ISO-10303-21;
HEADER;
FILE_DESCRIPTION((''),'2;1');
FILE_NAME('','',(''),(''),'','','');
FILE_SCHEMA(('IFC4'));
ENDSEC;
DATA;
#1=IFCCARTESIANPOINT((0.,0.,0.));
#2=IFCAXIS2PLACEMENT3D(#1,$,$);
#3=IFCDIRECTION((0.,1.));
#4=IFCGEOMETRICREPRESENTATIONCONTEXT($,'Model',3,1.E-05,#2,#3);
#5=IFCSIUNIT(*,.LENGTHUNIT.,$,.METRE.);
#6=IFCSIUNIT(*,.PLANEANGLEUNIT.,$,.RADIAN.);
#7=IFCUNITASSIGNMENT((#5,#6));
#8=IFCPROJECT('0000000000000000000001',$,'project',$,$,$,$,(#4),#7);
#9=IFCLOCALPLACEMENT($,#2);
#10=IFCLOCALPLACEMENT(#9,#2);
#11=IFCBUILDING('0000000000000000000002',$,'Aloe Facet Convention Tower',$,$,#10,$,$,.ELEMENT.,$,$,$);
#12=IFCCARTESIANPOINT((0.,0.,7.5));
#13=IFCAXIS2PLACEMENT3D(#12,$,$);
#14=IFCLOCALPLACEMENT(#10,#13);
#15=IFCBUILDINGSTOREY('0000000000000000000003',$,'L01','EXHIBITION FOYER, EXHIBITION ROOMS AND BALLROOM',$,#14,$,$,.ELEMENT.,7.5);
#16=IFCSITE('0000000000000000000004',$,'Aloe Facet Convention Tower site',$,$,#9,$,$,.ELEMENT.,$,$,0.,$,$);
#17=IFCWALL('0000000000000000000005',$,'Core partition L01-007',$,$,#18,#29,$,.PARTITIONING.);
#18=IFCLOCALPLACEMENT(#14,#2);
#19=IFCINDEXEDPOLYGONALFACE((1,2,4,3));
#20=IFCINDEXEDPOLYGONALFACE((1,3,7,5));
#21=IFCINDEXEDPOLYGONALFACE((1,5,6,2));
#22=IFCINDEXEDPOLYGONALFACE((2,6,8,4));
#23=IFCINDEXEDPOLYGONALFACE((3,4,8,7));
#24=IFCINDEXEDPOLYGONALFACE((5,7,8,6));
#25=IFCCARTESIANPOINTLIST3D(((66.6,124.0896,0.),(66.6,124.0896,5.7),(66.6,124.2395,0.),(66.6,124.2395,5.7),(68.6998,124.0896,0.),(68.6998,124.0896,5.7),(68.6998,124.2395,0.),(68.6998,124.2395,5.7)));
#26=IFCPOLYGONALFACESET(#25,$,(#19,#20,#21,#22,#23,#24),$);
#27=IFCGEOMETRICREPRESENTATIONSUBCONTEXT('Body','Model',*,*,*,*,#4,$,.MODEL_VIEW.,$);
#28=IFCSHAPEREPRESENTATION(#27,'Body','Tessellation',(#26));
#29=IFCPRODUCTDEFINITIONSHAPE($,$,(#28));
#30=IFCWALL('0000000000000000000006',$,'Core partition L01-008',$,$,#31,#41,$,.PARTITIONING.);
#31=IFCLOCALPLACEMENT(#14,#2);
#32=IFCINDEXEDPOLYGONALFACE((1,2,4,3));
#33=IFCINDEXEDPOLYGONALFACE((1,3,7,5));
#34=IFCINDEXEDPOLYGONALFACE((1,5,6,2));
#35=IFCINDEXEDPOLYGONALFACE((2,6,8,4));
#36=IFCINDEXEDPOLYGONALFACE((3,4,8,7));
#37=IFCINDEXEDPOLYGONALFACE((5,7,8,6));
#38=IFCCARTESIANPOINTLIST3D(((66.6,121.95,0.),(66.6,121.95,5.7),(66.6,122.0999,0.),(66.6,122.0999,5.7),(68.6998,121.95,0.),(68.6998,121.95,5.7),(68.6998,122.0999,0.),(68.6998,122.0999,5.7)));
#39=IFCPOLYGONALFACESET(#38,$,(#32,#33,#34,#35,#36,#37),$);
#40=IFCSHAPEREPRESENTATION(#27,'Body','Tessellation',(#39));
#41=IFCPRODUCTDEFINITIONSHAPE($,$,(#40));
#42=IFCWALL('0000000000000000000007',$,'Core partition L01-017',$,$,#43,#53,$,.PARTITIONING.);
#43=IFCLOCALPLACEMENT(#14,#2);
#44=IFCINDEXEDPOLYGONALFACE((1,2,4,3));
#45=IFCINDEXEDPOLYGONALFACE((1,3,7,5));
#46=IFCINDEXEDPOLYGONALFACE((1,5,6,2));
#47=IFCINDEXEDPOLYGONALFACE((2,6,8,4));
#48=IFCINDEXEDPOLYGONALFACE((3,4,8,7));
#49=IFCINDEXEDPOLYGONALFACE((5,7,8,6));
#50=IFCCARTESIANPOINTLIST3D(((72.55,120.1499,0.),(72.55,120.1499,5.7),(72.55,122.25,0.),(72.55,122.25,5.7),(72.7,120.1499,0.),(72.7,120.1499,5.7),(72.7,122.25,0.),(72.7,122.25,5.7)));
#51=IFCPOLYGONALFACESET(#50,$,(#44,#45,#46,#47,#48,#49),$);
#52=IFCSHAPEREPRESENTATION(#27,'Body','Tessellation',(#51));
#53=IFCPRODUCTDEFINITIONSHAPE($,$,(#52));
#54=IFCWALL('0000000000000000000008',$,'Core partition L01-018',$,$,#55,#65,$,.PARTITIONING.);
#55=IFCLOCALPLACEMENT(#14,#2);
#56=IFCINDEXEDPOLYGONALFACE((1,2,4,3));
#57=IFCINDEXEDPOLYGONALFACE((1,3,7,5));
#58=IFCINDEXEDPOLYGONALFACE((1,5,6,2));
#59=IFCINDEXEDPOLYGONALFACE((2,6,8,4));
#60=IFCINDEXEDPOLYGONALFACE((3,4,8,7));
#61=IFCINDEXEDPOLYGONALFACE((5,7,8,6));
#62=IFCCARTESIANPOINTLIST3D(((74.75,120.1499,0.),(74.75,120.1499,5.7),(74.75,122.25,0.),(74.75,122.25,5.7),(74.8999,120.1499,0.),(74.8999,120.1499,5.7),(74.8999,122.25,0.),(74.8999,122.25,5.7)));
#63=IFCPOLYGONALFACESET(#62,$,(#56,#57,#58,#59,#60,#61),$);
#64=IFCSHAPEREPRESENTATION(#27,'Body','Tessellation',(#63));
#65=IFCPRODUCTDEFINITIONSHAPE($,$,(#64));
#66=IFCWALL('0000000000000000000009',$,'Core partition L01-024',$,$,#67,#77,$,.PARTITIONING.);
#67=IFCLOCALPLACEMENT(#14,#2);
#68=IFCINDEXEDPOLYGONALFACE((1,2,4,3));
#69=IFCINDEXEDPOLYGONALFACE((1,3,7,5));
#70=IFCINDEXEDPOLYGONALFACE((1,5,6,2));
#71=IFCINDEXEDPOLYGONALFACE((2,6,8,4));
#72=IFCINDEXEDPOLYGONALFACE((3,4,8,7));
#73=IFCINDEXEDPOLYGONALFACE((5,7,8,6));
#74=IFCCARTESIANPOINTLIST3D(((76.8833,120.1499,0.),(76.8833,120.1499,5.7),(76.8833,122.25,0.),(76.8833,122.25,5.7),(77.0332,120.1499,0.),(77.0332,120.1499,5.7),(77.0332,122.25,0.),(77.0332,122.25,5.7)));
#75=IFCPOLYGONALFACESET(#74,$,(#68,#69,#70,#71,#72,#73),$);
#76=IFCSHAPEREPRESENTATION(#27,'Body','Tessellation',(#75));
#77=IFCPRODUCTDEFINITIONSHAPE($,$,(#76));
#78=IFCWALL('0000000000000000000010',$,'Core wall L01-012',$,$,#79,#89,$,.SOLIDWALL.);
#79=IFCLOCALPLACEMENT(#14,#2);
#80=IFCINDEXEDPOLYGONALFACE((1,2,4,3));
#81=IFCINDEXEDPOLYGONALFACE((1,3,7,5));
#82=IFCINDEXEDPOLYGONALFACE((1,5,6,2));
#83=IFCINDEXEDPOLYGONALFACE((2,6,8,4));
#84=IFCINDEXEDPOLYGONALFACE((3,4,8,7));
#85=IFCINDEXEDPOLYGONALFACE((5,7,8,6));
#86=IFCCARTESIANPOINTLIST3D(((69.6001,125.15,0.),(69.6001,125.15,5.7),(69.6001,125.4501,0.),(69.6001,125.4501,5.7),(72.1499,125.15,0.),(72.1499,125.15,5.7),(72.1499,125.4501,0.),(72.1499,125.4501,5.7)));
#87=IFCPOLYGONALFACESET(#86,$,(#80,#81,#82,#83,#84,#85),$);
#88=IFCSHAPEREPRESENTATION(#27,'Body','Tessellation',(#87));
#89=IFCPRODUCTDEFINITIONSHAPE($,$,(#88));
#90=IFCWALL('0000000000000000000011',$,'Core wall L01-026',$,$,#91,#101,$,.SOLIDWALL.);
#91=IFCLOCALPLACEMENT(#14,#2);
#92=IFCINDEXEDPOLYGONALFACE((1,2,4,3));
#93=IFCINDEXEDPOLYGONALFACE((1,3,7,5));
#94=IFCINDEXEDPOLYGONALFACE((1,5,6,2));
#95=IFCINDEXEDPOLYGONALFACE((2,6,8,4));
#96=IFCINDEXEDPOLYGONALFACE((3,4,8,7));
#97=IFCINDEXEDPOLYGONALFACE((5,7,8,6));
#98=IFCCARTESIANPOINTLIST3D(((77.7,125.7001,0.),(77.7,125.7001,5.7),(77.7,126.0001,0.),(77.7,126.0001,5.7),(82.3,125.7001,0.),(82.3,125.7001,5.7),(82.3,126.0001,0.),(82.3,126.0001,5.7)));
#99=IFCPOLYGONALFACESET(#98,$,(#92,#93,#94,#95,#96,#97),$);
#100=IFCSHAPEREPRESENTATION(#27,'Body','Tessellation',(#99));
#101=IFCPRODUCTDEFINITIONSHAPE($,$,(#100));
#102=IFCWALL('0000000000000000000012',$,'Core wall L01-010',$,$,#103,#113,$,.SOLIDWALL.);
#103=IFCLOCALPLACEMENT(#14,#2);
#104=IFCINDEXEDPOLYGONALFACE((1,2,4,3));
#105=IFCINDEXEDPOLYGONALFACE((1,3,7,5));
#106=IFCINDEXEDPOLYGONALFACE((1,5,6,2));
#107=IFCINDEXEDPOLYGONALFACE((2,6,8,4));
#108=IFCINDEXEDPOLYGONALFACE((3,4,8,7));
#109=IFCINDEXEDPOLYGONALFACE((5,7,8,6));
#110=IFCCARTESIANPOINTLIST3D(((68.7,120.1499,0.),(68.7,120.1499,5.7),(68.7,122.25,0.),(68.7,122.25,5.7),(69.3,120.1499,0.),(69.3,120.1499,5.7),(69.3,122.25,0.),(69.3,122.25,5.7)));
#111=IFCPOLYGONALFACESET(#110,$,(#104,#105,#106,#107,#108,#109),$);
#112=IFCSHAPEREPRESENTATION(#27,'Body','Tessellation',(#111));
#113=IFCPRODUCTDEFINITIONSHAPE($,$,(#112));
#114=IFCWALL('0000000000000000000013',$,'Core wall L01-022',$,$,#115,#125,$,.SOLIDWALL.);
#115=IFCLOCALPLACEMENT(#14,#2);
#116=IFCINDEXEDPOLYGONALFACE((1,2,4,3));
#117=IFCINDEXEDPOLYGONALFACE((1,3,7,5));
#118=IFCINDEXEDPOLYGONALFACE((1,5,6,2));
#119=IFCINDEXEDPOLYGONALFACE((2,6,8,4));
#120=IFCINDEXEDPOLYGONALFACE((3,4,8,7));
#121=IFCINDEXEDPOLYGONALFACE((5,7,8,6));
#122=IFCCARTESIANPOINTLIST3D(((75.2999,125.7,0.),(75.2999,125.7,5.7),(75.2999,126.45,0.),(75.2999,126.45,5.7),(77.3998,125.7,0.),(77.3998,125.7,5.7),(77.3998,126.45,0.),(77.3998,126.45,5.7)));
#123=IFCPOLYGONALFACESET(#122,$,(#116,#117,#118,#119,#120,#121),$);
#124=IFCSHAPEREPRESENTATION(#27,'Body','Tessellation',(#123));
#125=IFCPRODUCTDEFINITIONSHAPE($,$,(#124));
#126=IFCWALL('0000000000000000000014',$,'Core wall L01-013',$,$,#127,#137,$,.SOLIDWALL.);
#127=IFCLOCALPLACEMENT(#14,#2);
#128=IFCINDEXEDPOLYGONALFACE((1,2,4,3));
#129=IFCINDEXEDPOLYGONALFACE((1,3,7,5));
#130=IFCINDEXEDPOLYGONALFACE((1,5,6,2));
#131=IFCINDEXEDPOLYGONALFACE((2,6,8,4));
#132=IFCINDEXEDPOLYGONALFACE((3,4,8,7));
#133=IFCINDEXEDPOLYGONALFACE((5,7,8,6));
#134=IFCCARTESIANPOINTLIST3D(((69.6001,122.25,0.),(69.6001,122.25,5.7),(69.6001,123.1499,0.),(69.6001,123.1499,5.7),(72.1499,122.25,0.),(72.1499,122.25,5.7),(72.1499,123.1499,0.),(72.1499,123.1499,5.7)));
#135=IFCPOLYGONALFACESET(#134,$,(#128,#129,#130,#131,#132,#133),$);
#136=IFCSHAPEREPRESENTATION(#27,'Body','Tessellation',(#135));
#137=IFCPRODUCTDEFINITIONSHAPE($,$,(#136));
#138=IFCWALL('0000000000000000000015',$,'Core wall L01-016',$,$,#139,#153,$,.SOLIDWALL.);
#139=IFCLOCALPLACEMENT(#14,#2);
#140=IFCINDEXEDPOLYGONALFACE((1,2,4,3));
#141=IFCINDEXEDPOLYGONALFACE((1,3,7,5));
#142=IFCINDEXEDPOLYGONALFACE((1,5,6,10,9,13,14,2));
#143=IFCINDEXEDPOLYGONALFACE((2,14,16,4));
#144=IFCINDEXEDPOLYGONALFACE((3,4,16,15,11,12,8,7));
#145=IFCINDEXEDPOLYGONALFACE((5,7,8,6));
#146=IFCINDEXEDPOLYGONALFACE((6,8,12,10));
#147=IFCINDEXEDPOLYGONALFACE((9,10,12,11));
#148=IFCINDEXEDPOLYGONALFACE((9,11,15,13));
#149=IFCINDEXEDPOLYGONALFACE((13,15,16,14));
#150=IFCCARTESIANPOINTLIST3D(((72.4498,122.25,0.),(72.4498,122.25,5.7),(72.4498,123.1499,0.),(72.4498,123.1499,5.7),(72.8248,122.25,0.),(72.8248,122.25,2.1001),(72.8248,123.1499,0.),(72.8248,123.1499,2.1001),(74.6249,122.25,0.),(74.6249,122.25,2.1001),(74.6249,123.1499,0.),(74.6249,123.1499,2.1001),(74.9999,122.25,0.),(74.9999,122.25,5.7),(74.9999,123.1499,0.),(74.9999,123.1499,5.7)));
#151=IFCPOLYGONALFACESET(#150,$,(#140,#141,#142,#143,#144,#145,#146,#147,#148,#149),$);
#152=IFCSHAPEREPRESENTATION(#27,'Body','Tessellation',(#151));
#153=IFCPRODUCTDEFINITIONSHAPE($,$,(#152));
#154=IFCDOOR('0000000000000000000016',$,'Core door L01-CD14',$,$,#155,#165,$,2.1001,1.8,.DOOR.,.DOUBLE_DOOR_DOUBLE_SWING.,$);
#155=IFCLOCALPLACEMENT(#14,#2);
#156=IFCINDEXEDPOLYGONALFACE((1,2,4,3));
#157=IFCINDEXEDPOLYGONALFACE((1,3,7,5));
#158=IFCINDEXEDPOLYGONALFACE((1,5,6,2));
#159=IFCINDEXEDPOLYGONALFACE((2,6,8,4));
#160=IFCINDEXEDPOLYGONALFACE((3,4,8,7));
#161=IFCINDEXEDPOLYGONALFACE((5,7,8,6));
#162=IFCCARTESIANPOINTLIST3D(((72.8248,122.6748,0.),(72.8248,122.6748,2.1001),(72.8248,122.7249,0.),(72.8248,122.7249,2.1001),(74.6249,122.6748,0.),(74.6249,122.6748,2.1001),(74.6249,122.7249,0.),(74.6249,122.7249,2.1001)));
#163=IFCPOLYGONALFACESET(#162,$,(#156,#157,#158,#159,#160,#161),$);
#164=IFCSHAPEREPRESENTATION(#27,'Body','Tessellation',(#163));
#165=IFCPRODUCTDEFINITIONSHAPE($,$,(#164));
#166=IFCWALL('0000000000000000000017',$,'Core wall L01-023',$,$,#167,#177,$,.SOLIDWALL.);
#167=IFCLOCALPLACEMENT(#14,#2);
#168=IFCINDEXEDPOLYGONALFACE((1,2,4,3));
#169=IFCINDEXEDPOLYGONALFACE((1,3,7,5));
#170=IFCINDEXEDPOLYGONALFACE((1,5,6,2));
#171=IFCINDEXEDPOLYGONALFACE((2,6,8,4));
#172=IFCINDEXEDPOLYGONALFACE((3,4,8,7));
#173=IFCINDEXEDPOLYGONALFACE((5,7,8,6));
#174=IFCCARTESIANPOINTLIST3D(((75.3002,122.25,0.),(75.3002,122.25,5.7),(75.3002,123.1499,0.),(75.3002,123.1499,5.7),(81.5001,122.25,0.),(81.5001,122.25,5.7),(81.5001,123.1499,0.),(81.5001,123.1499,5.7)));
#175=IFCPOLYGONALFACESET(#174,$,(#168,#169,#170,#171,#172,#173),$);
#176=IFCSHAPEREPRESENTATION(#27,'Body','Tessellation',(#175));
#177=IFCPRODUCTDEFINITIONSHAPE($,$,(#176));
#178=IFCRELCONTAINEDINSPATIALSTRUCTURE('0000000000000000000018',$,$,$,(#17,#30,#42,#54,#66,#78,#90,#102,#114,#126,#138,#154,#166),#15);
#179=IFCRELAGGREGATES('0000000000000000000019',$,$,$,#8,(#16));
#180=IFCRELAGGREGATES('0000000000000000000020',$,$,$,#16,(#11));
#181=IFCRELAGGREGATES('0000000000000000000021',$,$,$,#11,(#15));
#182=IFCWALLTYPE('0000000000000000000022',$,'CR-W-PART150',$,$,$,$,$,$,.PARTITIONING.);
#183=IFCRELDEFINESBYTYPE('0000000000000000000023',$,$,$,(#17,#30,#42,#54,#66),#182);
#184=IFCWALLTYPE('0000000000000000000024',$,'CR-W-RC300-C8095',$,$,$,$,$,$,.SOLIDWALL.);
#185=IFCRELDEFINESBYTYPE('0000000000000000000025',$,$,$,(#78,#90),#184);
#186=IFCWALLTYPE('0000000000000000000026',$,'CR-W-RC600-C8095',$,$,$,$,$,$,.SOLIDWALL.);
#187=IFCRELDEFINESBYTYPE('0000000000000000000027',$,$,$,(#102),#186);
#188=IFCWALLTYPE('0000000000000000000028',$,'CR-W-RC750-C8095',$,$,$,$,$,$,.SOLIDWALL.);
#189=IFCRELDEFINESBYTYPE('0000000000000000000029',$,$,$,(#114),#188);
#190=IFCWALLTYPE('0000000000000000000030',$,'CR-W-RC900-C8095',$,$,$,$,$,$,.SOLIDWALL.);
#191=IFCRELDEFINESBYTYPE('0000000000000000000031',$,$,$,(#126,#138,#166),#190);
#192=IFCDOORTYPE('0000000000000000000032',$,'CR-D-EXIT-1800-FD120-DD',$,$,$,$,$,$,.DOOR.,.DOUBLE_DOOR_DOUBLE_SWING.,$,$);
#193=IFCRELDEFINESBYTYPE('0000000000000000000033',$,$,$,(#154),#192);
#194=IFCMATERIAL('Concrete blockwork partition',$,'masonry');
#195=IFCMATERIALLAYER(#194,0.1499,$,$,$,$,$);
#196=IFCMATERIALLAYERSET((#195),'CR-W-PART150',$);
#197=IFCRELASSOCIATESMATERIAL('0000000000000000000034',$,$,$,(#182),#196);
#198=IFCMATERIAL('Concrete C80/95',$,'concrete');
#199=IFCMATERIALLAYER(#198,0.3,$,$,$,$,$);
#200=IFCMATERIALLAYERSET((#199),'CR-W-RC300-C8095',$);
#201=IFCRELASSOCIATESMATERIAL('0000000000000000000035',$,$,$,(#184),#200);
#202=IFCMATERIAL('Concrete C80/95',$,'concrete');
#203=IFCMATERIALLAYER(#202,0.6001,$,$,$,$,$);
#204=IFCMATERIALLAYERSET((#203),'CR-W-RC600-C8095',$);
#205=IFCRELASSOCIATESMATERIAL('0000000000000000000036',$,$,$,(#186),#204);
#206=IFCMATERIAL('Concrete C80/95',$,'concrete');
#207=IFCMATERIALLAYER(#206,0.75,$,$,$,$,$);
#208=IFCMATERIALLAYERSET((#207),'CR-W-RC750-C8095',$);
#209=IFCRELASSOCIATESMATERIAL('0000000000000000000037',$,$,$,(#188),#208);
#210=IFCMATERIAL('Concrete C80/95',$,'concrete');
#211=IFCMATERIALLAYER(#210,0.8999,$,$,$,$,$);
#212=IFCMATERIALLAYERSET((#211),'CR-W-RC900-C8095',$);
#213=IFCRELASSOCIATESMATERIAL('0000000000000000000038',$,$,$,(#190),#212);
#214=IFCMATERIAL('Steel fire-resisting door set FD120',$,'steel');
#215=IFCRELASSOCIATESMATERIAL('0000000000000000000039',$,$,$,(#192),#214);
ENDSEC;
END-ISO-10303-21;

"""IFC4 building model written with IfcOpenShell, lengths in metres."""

from ifc_helpers import new_model, si_unit, direction, frame, frame_2d, origin, place, context, subcontext, project, spatial, rectangle, extrude, material, layer, layer_set, type_object, element, fill, save


model = new_model("IFC4")

# Units and contexts
model_context = context("Model", 3, precision=1e-05, world=origin(), true_north=direction((0.0, 1.0)))
body_context = subcontext(model_context, "Body", "Model", "MODEL_VIEW")
ifc_project = project(units=[si_unit("LENGTHUNIT", "METRE"), si_unit("PLANEANGLEUNIT", "RADIAN")], contexts=[model_context])

# Site, building, storey
site_placement = place(None, origin())
site = spatial("IfcSite", under=ifc_project, at=site_placement, Name="Aloe Facet Convention Tower site", CompositionType="ELEMENT", RefElevation=0.0)
building_placement = place(site_placement, origin())
building = spatial("IfcBuilding", under=site, at=building_placement, Name="Aloe Facet Convention Tower", CompositionType="ELEMENT")
storey_placement = place(building_placement, frame((0.0, 0.0, 7.5)))
storey = spatial("IfcBuildingStorey", under=building, at=storey_placement, Name="L01", Description="EXHIBITION FOYER, EXHIBITION ROOMS AND BALLROOM", CompositionType="ELEMENT", Elevation=7.5)

# Walls
ifc_material_1 = material(Name="Concrete blockwork partition", Category="masonry")
ifc_layer_1 = layer(ifc_material_1, 0.1499)
ifc_layer_set_1 = layer_set([ifc_layer_1], Name="CR-W-PART150")
wall_type_1 = type_object("IfcWallType", Name="CR-W-PART150", PredefinedType="PARTITIONING", material=ifc_layer_set_1)
for number, where, z_axis, x_axis, name in (
    (1, (66.6001, 124.1646, 0.0), (0.0, 0.0, 1.0), (1.0, 0.0, 0.0), "Core partition L01-007"),
    (2, (66.6001, 122.0249, 0.0), (0.0, 0.0, 1.0), (1.0, 0.0, 0.0), "Core partition L01-008"),
):
    element("IfcWall", number, at=place(storey_placement, frame(where, z_axis=z_axis, x_axis=x_axis)), inside=storey, type_object=wall_type_1, Name=name, PredefinedType="PARTITIONING", context=body_context, shape_type="SweptSolid", body=[
        extrude(rectangle(XDim=2.0999, YDim=0.1499, at=frame_2d((1.0498, 0.0))), origin(), (0.0, 0.0, 1.0), 5.7),
    ])
for number, where, z_axis, x_axis, name in (
    (3, (72.625, 122.25, 0.0), (0.0, 0.0, 1.0), (0.0, -1.0, 0.0), "Core partition L01-017"),
    (4, (74.825, 122.25, 0.0), (0.0, 0.0, 1.0), (0.0, -1.0, 0.0), "Core partition L01-018"),
    (5, (76.9583, 122.25, 0.0), (0.0, 0.0, 1.0), (0.0, -1.0, 0.0), "Core partition L01-024"),
):
    element("IfcWall", number, at=place(storey_placement, frame(where, z_axis=z_axis, x_axis=x_axis)), inside=storey, type_object=wall_type_1, Name=name, PredefinedType="PARTITIONING", context=body_context, shape_type="SweptSolid", body=[
        extrude(rectangle(XDim=2.1001, YDim=0.1499, at=frame_2d((1.05, 0.0))), origin(), (0.0, 0.0, 1.0), 5.7),
    ])
ifc_material_2 = material(Name="Concrete C80/95", Category="concrete")
ifc_layer_2 = layer(ifc_material_2, 0.3)
ifc_layer_set_2 = layer_set([ifc_layer_2], Name="CR-W-RC300-C8095")
wall_type_2 = type_object("IfcWallType", Name="CR-W-RC300-C8095", PredefinedType="SOLIDWALL", material=ifc_layer_set_2)
wall_1_placement = place(storey_placement, frame((69.6001, 125.3, 0.0), z_axis=(0.0, 0.0, 1.0), x_axis=(1.0, 0.0, 0.0)))
element("IfcWall", 6, at=wall_1_placement, inside=storey, type_object=wall_type_2, Name="Core wall L01-012", PredefinedType="SOLIDWALL", context=body_context, shape_type="SweptSolid", body=[
    extrude(rectangle(XDim=2.5498, YDim=0.3, at=frame_2d((1.2749, 0.0))), origin(), (0.0, 0.0, 1.0), 5.7),
])
wall_2_placement = place(storey_placement, frame((77.7, 125.8501, 0.0), z_axis=(0.0, 0.0, 1.0), x_axis=(1.0, 0.0, 0.0)))
element("IfcWall", 7, at=wall_2_placement, inside=storey, type_object=wall_type_2, Name="Core wall L01-026", PredefinedType="SOLIDWALL", context=body_context, shape_type="SweptSolid", body=[
    extrude(rectangle(XDim=4.6001, YDim=0.3, at=frame_2d((2.3, 0.0))), origin(), (0.0, 0.0, 1.0), 5.7),
])

# Shared definitions
ifc_material_3 = material(Name="Concrete C80/95", Category="concrete")
ifc_layer_3 = layer(ifc_material_3, 0.6001)
ifc_layer_set_3 = layer_set([ifc_layer_3], Name="CR-W-RC600-C8095")
wall_type_3 = type_object("IfcWallType", Name="CR-W-RC600-C8095", PredefinedType="SOLIDWALL", material=ifc_layer_set_3)

# Walls
wall_3_placement = place(storey_placement, frame((69.0, 122.25, 0.0), z_axis=(0.0, 0.0, 1.0), x_axis=(0.0, -1.0, 0.0)))
element("IfcWall", 8, at=wall_3_placement, inside=storey, type_object=wall_type_3, Name="Core wall L01-010", PredefinedType="SOLIDWALL", context=body_context, shape_type="SweptSolid", body=[
    extrude(rectangle(XDim=2.1001, YDim=0.6001, at=frame_2d((1.05, 0.0))), origin(), (0.0, 0.0, 1.0), 5.7),
])
ifc_material_4 = material(Name="Concrete C80/95", Category="concrete")
ifc_layer_4 = layer(ifc_material_4, 0.75)
ifc_layer_set_4 = layer_set([ifc_layer_4], Name="CR-W-RC750-C8095")
wall_type_4 = type_object("IfcWallType", Name="CR-W-RC750-C8095", PredefinedType="SOLIDWALL", material=ifc_layer_set_4)
wall_4_placement = place(storey_placement, frame((75.3, 126.075, 0.0), z_axis=(0.0, 0.0, 1.0), x_axis=(1.0, 0.0, 0.0)))
element("IfcWall", 9, at=wall_4_placement, inside=storey, type_object=wall_type_4, Name="Core wall L01-022", PredefinedType="SOLIDWALL", context=body_context, shape_type="SweptSolid", body=[
    extrude(rectangle(XDim=2.0999, YDim=0.75, at=frame_2d((1.0498, 0.0))), origin(), (0.0, 0.0, 1.0), 5.7),
])
ifc_material_5 = material(Name="Concrete C80/95", Category="concrete")
ifc_layer_5 = layer(ifc_material_5, 0.8999)
ifc_layer_set_5 = layer_set([ifc_layer_5], Name="CR-W-RC900-C8095")
wall_type_5 = type_object("IfcWallType", Name="CR-W-RC900-C8095", PredefinedType="SOLIDWALL", material=ifc_layer_set_5)
wall_5_placement = place(storey_placement, frame((69.6001, 122.7, 0.0), z_axis=(0.0, 0.0, 1.0), x_axis=(1.0, 0.0, 0.0)))
element("IfcWall", 10, at=wall_5_placement, inside=storey, type_object=wall_type_5, Name="Core wall L01-013", PredefinedType="SOLIDWALL", context=body_context, shape_type="SweptSolid", body=[
    extrude(rectangle(XDim=2.5498, YDim=0.8999, at=frame_2d((1.2749, 0.0))), origin(), (0.0, 0.0, 1.0), 5.7),
])

# Wall, opening, door
wall_6_placement = place(storey_placement, frame((72.45, 122.7, 0.0), z_axis=(0.0, 0.0, 1.0), x_axis=(1.0, 0.0, 0.0)))
wall_6 = element("IfcWall", 11, at=wall_6_placement, inside=storey, type_object=wall_type_5, Name="Core wall L01-016", PredefinedType="SOLIDWALL", context=body_context, shape_type="SweptSolid", body=[
    extrude(rectangle(XDim=2.55, YDim=0.8999, at=frame_2d((1.2749, 0.0))), origin(), (0.0, 0.0, 1.0), 5.7),
])
opening_1_placement = place(wall_6_placement, frame((0.375, 0.0, 0.0)))
opening_1 = element("IfcOpeningElement", 12, at=opening_1_placement, cuts=wall_6, PredefinedType="OPENING", context=body_context, shape_type="SweptSolid", body=[
    extrude(rectangle(XDim=1.8, YDim=2.1001, at=frame_2d((0.8999, 1.05))), frame((0.0, 0.46, 0.0), z_axis=(0.0, -1.0, 0.0), x_axis=(1.0, 0.0, 0.0)), (0.0, 0.0, 1.0), 0.9199),
])
ifc_material_6 = material(Name="Steel fire-resisting door set FD120", Category="steel")
door_type_1 = type_object("IfcDoorType", Name="CR-D-EXIT-1800-FD120-DD", OperationType="DOUBLE_DOOR_DOUBLE_SWING", PredefinedType="DOOR", material=ifc_material_6)
door_1_placement = place(opening_1_placement, origin())
door_1 = element("IfcDoor", 13, at=door_1_placement, inside=storey, type_object=door_type_1, Name="Core door L01-CD14", OperationType="DOUBLE_DOOR_DOUBLE_SWING", OverallHeight=2.1001, OverallWidth=1.8, PredefinedType="DOOR", context=body_context, shape_type="SweptSolid", body=[
    extrude(rectangle(XDim=1.8, YDim=2.1001, at=frame_2d((0.8999, 1.05))), frame((0.0, 0.0249, 0.0), z_axis=(0.0, -1.0, 0.0), x_axis=(1.0, 0.0, 0.0)), (0.0, 0.0, 1.0), 0.05),
])
fill(opening_1, door_1)

# Wall
wall_7_placement = place(storey_placement, frame((75.3, 122.7, 0.0), z_axis=(0.0, 0.0, 1.0), x_axis=(1.0, 0.0, 0.0)))
element("IfcWall", 14, at=wall_7_placement, inside=storey, type_object=wall_type_5, Name="Core wall L01-023", PredefinedType="SOLIDWALL", context=body_context, shape_type="SweptSolid", body=[
    extrude(rectangle(XDim=6.2, YDim=0.8999, at=frame_2d((3.1001, 0.0))), origin(), (0.0, 0.0, 1.0), 5.7),
])

save(model, "model.ifc")
